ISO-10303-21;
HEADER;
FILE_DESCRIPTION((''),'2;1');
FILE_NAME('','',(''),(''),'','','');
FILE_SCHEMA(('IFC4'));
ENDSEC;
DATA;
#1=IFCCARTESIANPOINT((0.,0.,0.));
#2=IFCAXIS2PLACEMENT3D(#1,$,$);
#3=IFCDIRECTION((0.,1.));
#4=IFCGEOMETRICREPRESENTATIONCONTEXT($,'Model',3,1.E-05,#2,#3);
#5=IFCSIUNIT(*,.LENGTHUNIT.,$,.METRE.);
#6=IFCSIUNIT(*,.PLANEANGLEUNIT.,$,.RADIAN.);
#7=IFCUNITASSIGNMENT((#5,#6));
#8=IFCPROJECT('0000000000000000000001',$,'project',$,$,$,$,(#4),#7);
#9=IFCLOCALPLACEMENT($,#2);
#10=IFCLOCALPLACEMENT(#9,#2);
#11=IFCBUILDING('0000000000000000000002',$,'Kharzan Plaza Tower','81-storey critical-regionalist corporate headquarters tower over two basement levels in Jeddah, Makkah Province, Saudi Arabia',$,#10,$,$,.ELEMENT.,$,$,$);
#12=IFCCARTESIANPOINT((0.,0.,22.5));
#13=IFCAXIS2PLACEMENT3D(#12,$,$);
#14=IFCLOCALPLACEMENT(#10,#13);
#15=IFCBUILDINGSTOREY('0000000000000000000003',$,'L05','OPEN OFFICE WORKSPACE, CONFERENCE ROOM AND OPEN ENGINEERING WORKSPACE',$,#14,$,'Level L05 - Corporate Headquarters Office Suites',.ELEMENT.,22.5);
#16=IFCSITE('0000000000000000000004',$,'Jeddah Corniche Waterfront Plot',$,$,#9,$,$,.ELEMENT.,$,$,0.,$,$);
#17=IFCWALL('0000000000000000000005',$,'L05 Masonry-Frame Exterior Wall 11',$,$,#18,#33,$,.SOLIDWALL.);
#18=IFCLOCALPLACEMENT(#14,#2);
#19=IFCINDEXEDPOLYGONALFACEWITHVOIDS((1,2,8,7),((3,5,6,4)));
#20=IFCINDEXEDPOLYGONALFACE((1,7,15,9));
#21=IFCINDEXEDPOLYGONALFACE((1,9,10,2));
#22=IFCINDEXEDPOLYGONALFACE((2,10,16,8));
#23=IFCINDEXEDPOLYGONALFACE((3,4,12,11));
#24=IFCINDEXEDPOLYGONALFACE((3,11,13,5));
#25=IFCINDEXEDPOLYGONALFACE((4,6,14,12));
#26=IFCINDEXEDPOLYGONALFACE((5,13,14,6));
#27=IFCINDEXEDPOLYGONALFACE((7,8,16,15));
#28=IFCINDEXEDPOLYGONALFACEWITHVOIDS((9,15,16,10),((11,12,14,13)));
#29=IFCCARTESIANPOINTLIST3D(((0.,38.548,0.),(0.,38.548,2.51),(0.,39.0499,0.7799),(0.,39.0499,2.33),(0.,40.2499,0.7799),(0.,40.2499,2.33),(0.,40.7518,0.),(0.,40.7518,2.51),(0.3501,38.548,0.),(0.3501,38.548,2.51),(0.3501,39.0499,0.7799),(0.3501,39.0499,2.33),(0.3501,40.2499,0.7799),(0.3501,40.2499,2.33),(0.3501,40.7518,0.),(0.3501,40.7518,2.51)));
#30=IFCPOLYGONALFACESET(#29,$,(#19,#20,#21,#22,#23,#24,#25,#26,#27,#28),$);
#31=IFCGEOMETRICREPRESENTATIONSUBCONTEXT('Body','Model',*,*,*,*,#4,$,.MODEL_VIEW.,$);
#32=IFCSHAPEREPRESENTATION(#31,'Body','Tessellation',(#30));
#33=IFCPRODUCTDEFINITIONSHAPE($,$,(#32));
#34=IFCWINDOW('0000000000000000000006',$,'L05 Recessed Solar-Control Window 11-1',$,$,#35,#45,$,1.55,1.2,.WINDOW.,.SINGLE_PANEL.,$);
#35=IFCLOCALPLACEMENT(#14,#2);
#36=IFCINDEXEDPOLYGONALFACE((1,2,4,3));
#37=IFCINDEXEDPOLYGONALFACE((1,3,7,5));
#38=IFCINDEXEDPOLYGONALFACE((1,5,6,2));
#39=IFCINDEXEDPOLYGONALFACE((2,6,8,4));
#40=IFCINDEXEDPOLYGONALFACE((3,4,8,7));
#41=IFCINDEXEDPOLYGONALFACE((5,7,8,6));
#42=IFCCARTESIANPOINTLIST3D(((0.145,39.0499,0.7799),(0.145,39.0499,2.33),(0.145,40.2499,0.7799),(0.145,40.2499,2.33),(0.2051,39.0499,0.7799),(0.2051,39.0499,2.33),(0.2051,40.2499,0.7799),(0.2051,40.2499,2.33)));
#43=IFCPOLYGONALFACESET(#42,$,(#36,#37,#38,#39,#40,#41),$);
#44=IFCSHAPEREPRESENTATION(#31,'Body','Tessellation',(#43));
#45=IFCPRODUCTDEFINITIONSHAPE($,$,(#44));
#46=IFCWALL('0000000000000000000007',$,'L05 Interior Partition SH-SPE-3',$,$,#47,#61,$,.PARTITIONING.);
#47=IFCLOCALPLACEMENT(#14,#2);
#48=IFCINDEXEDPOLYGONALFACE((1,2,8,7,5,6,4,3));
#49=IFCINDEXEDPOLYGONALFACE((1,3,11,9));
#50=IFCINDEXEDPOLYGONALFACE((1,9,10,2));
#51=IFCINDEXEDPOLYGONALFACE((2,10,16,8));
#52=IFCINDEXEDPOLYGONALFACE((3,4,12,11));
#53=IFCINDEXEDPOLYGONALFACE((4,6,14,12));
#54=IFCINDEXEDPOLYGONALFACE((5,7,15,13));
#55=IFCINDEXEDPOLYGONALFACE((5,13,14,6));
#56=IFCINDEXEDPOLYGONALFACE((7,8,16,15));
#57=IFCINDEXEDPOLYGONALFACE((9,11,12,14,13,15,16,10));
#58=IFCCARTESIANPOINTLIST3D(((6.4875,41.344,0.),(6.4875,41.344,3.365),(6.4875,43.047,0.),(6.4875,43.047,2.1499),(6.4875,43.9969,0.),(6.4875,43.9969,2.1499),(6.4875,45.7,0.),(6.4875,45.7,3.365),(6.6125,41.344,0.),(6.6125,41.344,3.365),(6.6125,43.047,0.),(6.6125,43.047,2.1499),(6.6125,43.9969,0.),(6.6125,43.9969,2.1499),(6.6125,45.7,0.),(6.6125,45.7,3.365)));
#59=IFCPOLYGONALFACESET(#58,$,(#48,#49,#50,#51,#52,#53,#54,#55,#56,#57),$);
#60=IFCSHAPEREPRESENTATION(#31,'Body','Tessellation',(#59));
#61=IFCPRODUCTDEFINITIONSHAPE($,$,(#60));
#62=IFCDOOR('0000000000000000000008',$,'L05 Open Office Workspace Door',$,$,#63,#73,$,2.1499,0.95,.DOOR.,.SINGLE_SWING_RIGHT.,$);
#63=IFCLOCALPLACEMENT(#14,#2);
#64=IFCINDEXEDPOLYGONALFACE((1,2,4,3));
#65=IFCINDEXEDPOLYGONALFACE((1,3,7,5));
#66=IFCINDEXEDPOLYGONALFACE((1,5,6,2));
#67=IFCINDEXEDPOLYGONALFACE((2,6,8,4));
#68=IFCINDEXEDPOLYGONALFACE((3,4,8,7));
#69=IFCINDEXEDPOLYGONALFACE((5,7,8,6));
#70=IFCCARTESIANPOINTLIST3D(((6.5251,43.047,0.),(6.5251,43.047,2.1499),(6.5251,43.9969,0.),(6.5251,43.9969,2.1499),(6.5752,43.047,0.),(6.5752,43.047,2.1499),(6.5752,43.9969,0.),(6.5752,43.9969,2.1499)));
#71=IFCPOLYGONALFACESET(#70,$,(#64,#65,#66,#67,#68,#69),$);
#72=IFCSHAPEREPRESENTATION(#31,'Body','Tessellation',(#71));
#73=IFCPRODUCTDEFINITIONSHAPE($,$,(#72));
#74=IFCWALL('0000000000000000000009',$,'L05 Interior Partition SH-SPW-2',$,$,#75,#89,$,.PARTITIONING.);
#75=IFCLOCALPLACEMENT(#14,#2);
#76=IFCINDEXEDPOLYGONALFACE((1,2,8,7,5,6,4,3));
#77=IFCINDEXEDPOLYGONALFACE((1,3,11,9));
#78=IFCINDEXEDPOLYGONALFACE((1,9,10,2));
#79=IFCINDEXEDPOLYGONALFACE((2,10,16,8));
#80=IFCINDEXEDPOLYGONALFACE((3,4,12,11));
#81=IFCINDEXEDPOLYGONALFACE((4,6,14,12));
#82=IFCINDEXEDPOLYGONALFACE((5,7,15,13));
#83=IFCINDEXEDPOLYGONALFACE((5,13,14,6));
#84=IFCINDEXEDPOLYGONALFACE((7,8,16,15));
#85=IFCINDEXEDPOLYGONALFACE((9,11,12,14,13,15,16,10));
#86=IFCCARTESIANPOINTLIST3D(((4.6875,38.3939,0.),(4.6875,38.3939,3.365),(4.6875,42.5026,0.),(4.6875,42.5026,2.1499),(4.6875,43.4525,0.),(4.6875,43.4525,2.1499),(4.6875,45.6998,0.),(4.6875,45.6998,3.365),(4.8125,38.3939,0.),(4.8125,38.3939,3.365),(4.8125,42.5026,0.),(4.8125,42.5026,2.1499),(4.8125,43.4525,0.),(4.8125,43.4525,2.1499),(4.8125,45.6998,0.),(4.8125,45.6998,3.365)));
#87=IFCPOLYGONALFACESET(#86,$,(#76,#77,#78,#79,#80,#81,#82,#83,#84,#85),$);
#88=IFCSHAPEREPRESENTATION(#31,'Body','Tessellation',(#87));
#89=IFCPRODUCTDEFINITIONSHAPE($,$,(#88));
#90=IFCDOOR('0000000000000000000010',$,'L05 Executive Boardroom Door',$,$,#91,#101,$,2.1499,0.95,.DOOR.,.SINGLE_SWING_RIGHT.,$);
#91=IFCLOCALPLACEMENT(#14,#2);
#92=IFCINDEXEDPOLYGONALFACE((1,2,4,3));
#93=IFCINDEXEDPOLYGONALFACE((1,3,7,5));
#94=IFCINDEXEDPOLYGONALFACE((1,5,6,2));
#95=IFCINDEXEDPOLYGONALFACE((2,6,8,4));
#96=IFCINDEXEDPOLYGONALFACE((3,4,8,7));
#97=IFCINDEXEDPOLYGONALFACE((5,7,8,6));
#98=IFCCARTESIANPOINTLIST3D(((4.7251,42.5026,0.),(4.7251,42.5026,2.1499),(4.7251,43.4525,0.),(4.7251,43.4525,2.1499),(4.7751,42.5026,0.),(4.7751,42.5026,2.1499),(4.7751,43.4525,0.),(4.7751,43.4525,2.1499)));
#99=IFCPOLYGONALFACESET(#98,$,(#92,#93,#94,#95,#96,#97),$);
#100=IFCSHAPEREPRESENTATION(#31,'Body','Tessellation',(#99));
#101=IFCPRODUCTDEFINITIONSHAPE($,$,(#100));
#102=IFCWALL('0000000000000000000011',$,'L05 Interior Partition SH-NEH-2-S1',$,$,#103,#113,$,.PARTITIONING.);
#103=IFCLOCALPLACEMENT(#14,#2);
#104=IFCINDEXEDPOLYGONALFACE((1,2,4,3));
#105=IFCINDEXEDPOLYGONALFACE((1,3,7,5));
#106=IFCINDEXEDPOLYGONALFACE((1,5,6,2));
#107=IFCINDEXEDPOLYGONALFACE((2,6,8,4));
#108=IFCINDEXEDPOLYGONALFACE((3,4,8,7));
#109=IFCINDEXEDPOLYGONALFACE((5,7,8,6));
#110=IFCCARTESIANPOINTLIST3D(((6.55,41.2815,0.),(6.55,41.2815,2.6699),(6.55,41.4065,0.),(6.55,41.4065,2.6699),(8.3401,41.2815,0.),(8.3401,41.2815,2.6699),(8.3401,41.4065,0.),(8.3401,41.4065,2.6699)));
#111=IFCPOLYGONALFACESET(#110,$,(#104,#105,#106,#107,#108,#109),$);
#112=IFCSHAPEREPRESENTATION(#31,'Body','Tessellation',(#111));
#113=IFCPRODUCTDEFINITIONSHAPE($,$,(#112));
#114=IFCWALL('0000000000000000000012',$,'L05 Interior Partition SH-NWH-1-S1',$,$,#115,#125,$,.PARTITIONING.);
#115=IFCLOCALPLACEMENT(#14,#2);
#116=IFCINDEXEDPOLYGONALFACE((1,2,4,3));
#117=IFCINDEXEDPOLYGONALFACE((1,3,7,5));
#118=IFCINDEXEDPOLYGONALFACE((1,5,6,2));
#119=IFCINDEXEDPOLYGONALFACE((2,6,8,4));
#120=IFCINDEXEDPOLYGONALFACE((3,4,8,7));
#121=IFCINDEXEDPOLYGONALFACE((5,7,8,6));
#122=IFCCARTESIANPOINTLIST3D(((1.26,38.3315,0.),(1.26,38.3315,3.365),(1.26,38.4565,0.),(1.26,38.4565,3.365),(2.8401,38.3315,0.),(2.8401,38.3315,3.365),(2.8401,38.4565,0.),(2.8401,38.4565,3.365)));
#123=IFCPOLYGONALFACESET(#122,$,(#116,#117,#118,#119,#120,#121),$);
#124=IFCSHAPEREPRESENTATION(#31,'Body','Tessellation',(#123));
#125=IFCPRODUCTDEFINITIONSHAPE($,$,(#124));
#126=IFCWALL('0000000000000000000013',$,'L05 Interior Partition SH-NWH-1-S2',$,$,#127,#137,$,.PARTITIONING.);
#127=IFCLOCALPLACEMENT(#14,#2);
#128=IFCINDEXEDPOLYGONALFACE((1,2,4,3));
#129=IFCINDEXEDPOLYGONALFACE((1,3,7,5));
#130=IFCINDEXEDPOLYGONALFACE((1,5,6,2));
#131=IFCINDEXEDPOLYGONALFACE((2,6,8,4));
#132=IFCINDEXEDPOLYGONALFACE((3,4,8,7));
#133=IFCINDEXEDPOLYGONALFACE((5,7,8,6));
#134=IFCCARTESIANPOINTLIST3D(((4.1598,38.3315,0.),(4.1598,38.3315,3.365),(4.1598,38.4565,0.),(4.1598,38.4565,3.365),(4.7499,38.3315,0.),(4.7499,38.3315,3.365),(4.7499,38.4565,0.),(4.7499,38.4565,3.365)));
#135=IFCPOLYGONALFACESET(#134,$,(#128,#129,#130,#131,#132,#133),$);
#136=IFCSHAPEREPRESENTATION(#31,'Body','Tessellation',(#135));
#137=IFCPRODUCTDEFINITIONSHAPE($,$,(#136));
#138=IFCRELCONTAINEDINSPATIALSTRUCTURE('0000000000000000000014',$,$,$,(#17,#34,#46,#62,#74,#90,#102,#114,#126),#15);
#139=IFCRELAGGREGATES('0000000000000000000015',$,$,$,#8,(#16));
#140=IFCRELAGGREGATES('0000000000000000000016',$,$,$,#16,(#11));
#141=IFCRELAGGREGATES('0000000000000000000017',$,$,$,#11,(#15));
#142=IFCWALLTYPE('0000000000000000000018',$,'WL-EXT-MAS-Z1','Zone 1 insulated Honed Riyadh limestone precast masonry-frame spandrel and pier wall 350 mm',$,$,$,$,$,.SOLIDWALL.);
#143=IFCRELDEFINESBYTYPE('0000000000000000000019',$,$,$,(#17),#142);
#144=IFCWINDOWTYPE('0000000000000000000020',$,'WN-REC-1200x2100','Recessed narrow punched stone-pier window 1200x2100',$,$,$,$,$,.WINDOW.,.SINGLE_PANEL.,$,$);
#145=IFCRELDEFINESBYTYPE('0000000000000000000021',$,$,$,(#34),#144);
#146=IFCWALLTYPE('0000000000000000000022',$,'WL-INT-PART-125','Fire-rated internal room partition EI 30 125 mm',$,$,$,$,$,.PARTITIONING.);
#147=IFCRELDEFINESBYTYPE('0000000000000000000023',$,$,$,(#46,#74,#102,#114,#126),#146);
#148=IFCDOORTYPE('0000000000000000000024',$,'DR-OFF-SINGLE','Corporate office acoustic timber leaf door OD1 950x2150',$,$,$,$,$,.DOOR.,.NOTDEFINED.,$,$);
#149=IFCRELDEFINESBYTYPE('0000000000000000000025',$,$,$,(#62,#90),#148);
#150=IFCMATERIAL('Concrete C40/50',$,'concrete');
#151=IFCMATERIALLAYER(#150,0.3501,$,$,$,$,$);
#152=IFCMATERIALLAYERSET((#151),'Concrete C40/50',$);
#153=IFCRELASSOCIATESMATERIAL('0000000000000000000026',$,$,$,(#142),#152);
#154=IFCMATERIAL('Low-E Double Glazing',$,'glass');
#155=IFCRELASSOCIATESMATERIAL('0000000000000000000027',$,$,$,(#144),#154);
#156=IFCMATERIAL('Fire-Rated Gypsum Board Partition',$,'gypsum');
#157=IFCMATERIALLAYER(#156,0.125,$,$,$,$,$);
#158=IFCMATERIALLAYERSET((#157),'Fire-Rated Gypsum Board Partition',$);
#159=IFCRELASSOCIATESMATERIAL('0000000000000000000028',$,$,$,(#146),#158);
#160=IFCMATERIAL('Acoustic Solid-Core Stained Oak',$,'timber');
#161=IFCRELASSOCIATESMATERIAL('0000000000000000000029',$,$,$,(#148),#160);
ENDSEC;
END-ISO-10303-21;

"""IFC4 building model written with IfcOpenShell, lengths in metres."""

from ifc_helpers import new_model, si_unit, direction, frame, frame_2d, origin, place, context, subcontext, project, spatial, rectangle, extrude, source, transform, mapped, material, layer, layer_set, type_object, element, fill, save


model = new_model("IFC4")

# Units and contexts
model_context = context("Model", 3, precision=1e-05, world=origin(), true_north=direction((0.0, 1.0)))
body_context = subcontext(model_context, "Body", "Model", "MODEL_VIEW")
ifc_project = project(units=[si_unit("LENGTHUNIT", "METRE"), si_unit("PLANEANGLEUNIT", "RADIAN")], contexts=[model_context])

# Site, building, storey
site_placement = place(None, origin())
site = spatial("IfcSite", under=ifc_project, at=site_placement, Name="Jeddah Corniche Waterfront Plot", CompositionType="ELEMENT", RefElevation=0.0)
building_placement = place(site_placement, origin())
building = spatial("IfcBuilding", under=site, at=building_placement, Name="Kharzan Plaza Tower", Description="81-storey critical-regionalist corporate headquarters tower over two basement levels in Jeddah, Makkah Province, Saudi Arabia", CompositionType="ELEMENT")
storey_placement = place(building_placement, frame((0.0, 0.0, 22.5)))
storey = spatial("IfcBuildingStorey", under=building, at=storey_placement, Name="L05", Description="OPEN OFFICE WORKSPACE, CONFERENCE ROOM AND OPEN ENGINEERING WORKSPACE", LongName="Level L05 - Corporate Headquarters Office Suites", CompositionType="ELEMENT", Elevation=22.5)

# Wall, opening, window
ifc_material_1 = material(Name="Concrete C40/50", Category="concrete")
ifc_layer_1 = layer(ifc_material_1, 0.3501)
ifc_layer_set_1 = layer_set([ifc_layer_1], Name="Concrete C40/50")
wall_type_1 = type_object("IfcWallType", Name="WL-EXT-MAS-Z1", Description="Zone 1 insulated Honed Riyadh limestone precast masonry-frame spandrel and pier wall 350 mm", PredefinedType="SOLIDWALL", material=ifc_layer_set_1)
wall_1_placement = place(storey_placement, frame((0.175, 40.752, 0.0), z_axis=(0.0, 0.0, 1.0), x_axis=(0.0, -1.0, 0.0)))
wall_1 = element("IfcWall", 1, at=wall_1_placement, inside=storey, type_object=wall_type_1, Name="L05 Masonry-Frame Exterior Wall 11", PredefinedType="SOLIDWALL", context=body_context, shape_type="SweptSolid", body=[
    extrude(rectangle(XDim=2.2039, YDim=0.3501, at=frame_2d((1.1021, 0.0))), origin(), (0.0, 0.0, 1.0), 2.51),
])
opening_1_placement = place(wall_1_placement, frame((0.502, 0.0, 0.78)))
opening_1 = element("IfcOpeningElement", 2, at=opening_1_placement, cuts=wall_1, PredefinedType="OPENING", context=body_context, shape_type="SweptSolid", body=[
    extrude(rectangle(XDim=1.2, YDim=1.55, at=frame_2d((0.6001, 0.7749))), frame((0.0, 0.1851, 0.0), z_axis=(0.0, -1.0, 0.0), x_axis=(1.0, 0.0, 0.0)), (0.0, 0.0, 1.0), 0.3701),
])
ifc_material_2 = material(Name="Low-E Double Glazing", Category="glass")
window_type = type_object("IfcWindowType", Name="WN-REC-1200x2100", Description="Recessed narrow punched stone-pier window 1200x2100", PartitioningType="SINGLE_PANEL", PredefinedType="WINDOW", material=ifc_material_2)
shared_shape_1 = source(origin(), body_context, "Body", "SweptSolid", [
    extrude(rectangle(XDim=1.2, YDim=1.55, at=frame_2d((0.6001, 0.7749))), frame((0.0, 0.03, 0.0), z_axis=(0.0, -1.0, 0.0), x_axis=(1.0, 0.0, 0.0)), (0.0, 0.0, 1.0), 0.0601),
])
window_placement = place(opening_1_placement, origin())
window = element("IfcWindow", 3, at=window_placement, inside=storey, type_object=window_type, Name="L05 Recessed Solar-Control Window 11-1", OverallHeight=1.55, OverallWidth=1.2, PartitioningType="SINGLE_PANEL", PredefinedType="WINDOW", context=body_context, shape_type="MappedRepresentation", body=[
    mapped(shared_shape_1, transform((0.0, 0.0, 0.0), x_axis=(1.0, 0.0, 0.0), y_axis=(0.0, 1.0, 0.0), z_axis=(0.0, 0.0, 1.0))),
])
fill(opening_1, window)

# Walls, openings, doors
ifc_material_3 = material(Name="Fire-Rated Gypsum Board Partition", Category="gypsum")
ifc_layer_2 = layer(ifc_material_3, 0.125)
ifc_layer_set_2 = layer_set([ifc_layer_2], Name="Fire-Rated Gypsum Board Partition")
wall_type_2 = type_object("IfcWallType", Name="WL-INT-PART-125", Description="Fire-rated internal room partition EI 30 125 mm", PredefinedType="PARTITIONING", material=ifc_layer_set_2)
wall_2_placement = place(storey_placement, frame((6.55, 41.344, 0.0), z_axis=(0.0, 0.0, 1.0), x_axis=(0.0, 1.0, 0.0)))
wall_2 = element("IfcWall", 4, at=wall_2_placement, inside=storey, type_object=wall_type_2, Name="L05 Interior Partition SH-SPE-3", PredefinedType="PARTITIONING", context=body_context, shape_type="SweptSolid", body=[
    extrude(rectangle(XDim=4.356, YDim=0.125, at=frame_2d((2.178, 0.0))), origin(), (0.0, 0.0, 1.0), 3.365),
])
opening_2_placement = place(wall_2_placement, frame((1.7029, 0.0, 0.0)))
opening_2 = element("IfcOpeningElement", 5, at=opening_2_placement, cuts=wall_2, PredefinedType="OPENING", context=body_context, shape_type="SweptSolid", body=[
    extrude(rectangle(XDim=0.95, YDim=2.1499, at=frame_2d((0.4751, 1.075))), frame((0.0, 0.0725, 0.0), z_axis=(0.0, -1.0, 0.0), x_axis=(1.0, 0.0, 0.0)), (0.0, 0.0, 1.0), 0.145),
])
ifc_material_4 = material(Name="Acoustic Solid-Core Stained Oak", Category="timber")
door_type = type_object("IfcDoorType", Name="DR-OFF-SINGLE", Description="Corporate office acoustic timber leaf door OD1 950x2150", OperationType="NOTDEFINED", PredefinedType="DOOR", material=ifc_material_4)
shared_shape_2 = source(origin(), body_context, "Body", "SweptSolid", [
    extrude(rectangle(XDim=0.95, YDim=2.1499, at=frame_2d((0.4751, 1.075))), frame((0.0, 0.0249, 0.0), z_axis=(0.0, -1.0, 0.0), x_axis=(1.0, 0.0, 0.0)), (0.0, 0.0, 1.0), 0.05),
])
door_1_placement = place(opening_2_placement, origin())
door_1 = element("IfcDoor", 6, at=door_1_placement, inside=storey, type_object=door_type, Name="L05 Open Office Workspace Door", OperationType="SINGLE_SWING_RIGHT", OverallHeight=2.1499, OverallWidth=0.95, PredefinedType="DOOR", context=body_context, shape_type="MappedRepresentation", body=[
    mapped(shared_shape_2, transform((0.0, 0.0, 0.0), x_axis=(1.0, 0.0, 0.0), y_axis=(0.0, 1.0, 0.0), z_axis=(0.0, 0.0, 1.0))),
])
fill(opening_2, door_1)
wall_3_placement = place(storey_placement, frame((4.75, 38.394, 0.0), z_axis=(0.0, 0.0, 1.0), x_axis=(0.0, 1.0, 0.0)))
wall_3 = element("IfcWall", 7, at=wall_3_placement, inside=storey, type_object=wall_type_2, Name="L05 Interior Partition SH-SPW-2", PredefinedType="PARTITIONING", context=body_context, shape_type="SweptSolid", body=[
    extrude(rectangle(XDim=7.3059, YDim=0.125, at=frame_2d((3.6528, 0.0))), origin(), (0.0, 0.0, 1.0), 3.365),
])
opening_3_placement = place(wall_3_placement, frame((4.1084, 0.0, 0.0)))
opening_3 = element("IfcOpeningElement", 8, at=opening_3_placement, cuts=wall_3, PredefinedType="OPENING", context=body_context, shape_type="SweptSolid", body=[
    extrude(rectangle(XDim=0.95, YDim=2.1499, at=frame_2d((0.4751, 1.075))), frame((0.0, 0.0725, 0.0), z_axis=(0.0, -1.0, 0.0), x_axis=(1.0, 0.0, 0.0)), (0.0, 0.0, 1.0), 0.145),
])
door_2_placement = place(opening_3_placement, origin())
door_2 = element("IfcDoor", 9, at=door_2_placement, inside=storey, type_object=door_type, Name="L05 Executive Boardroom Door", OperationType="SINGLE_SWING_RIGHT", OverallHeight=2.1499, OverallWidth=0.95, PredefinedType="DOOR", context=body_context, shape_type="MappedRepresentation", body=[
    mapped(shared_shape_2, transform((0.0, 0.0, 0.0), x_axis=(1.0, 0.0, 0.0), y_axis=(0.0, 1.0, 0.0), z_axis=(0.0, 0.0, 1.0))),
])
fill(opening_3, door_2)

# Walls
shared_shape_3 = source(origin(), body_context, "Body", "SweptSolid", [
    extrude(rectangle(XDim=1.79, YDim=0.125, at=frame_2d((0.895, 0.0))), origin(), (0.0, 0.0, 1.0), 2.6699),
])
wall_4_placement = place(storey_placement, frame((6.55, 41.344, 0.0), z_axis=(0.0, 0.0, 1.0), x_axis=(1.0, 0.0, 0.0)))
element("IfcWall", 10, at=wall_4_placement, inside=storey, type_object=wall_type_2, Name="L05 Interior Partition SH-NEH-2-S1", PredefinedType="PARTITIONING", context=body_context, shape_type="MappedRepresentation", body=[
    mapped(shared_shape_3, transform((0.0, 0.0, 0.0), x_axis=(1.0, 0.0, 0.0), y_axis=(0.0, 1.0, 0.0), z_axis=(0.0, 0.0, 1.0))),
])
shared_shape_4 = source(origin(), body_context, "Body", "SweptSolid", [
    extrude(rectangle(XDim=1.5801, YDim=0.125, at=frame_2d((0.79, 0.0))), origin(), (0.0, 0.0, 1.0), 3.365),
])
wall_5_placement = place(storey_placement, frame((1.26, 38.394, 0.0), z_axis=(0.0, 0.0, 1.0), x_axis=(1.0, 0.0, 0.0)))
element("IfcWall", 11, at=wall_5_placement, inside=storey, type_object=wall_type_2, Name="L05 Interior Partition SH-NWH-1-S1", PredefinedType="PARTITIONING", context=body_context, shape_type="MappedRepresentation", body=[
    mapped(shared_shape_4, transform((0.0, 0.0, 0.0), x_axis=(1.0, 0.0, 0.0), y_axis=(0.0, 1.0, 0.0), z_axis=(0.0, 0.0, 1.0))),
])
shared_shape_5 = source(origin(), body_context, "Body", "SweptSolid", [
    extrude(rectangle(XDim=0.5901, YDim=0.125, at=frame_2d((0.2949, 0.0))), origin(), (0.0, 0.0, 1.0), 3.365),
])
wall_6_placement = place(storey_placement, frame((4.1599, 38.394, 0.0), z_axis=(0.0, 0.0, 1.0), x_axis=(1.0, 0.0, 0.0)))
element("IfcWall", 12, at=wall_6_placement, inside=storey, type_object=wall_type_2, Name="L05 Interior Partition SH-NWH-1-S2", PredefinedType="PARTITIONING", context=body_context, shape_type="MappedRepresentation", body=[
    mapped(shared_shape_5, transform((0.0, 0.0, 0.0), x_axis=(1.0, 0.0, 0.0), y_axis=(0.0, 1.0, 0.0), z_axis=(0.0, 0.0, 1.0))),
])

save(model, "model.ifc")
